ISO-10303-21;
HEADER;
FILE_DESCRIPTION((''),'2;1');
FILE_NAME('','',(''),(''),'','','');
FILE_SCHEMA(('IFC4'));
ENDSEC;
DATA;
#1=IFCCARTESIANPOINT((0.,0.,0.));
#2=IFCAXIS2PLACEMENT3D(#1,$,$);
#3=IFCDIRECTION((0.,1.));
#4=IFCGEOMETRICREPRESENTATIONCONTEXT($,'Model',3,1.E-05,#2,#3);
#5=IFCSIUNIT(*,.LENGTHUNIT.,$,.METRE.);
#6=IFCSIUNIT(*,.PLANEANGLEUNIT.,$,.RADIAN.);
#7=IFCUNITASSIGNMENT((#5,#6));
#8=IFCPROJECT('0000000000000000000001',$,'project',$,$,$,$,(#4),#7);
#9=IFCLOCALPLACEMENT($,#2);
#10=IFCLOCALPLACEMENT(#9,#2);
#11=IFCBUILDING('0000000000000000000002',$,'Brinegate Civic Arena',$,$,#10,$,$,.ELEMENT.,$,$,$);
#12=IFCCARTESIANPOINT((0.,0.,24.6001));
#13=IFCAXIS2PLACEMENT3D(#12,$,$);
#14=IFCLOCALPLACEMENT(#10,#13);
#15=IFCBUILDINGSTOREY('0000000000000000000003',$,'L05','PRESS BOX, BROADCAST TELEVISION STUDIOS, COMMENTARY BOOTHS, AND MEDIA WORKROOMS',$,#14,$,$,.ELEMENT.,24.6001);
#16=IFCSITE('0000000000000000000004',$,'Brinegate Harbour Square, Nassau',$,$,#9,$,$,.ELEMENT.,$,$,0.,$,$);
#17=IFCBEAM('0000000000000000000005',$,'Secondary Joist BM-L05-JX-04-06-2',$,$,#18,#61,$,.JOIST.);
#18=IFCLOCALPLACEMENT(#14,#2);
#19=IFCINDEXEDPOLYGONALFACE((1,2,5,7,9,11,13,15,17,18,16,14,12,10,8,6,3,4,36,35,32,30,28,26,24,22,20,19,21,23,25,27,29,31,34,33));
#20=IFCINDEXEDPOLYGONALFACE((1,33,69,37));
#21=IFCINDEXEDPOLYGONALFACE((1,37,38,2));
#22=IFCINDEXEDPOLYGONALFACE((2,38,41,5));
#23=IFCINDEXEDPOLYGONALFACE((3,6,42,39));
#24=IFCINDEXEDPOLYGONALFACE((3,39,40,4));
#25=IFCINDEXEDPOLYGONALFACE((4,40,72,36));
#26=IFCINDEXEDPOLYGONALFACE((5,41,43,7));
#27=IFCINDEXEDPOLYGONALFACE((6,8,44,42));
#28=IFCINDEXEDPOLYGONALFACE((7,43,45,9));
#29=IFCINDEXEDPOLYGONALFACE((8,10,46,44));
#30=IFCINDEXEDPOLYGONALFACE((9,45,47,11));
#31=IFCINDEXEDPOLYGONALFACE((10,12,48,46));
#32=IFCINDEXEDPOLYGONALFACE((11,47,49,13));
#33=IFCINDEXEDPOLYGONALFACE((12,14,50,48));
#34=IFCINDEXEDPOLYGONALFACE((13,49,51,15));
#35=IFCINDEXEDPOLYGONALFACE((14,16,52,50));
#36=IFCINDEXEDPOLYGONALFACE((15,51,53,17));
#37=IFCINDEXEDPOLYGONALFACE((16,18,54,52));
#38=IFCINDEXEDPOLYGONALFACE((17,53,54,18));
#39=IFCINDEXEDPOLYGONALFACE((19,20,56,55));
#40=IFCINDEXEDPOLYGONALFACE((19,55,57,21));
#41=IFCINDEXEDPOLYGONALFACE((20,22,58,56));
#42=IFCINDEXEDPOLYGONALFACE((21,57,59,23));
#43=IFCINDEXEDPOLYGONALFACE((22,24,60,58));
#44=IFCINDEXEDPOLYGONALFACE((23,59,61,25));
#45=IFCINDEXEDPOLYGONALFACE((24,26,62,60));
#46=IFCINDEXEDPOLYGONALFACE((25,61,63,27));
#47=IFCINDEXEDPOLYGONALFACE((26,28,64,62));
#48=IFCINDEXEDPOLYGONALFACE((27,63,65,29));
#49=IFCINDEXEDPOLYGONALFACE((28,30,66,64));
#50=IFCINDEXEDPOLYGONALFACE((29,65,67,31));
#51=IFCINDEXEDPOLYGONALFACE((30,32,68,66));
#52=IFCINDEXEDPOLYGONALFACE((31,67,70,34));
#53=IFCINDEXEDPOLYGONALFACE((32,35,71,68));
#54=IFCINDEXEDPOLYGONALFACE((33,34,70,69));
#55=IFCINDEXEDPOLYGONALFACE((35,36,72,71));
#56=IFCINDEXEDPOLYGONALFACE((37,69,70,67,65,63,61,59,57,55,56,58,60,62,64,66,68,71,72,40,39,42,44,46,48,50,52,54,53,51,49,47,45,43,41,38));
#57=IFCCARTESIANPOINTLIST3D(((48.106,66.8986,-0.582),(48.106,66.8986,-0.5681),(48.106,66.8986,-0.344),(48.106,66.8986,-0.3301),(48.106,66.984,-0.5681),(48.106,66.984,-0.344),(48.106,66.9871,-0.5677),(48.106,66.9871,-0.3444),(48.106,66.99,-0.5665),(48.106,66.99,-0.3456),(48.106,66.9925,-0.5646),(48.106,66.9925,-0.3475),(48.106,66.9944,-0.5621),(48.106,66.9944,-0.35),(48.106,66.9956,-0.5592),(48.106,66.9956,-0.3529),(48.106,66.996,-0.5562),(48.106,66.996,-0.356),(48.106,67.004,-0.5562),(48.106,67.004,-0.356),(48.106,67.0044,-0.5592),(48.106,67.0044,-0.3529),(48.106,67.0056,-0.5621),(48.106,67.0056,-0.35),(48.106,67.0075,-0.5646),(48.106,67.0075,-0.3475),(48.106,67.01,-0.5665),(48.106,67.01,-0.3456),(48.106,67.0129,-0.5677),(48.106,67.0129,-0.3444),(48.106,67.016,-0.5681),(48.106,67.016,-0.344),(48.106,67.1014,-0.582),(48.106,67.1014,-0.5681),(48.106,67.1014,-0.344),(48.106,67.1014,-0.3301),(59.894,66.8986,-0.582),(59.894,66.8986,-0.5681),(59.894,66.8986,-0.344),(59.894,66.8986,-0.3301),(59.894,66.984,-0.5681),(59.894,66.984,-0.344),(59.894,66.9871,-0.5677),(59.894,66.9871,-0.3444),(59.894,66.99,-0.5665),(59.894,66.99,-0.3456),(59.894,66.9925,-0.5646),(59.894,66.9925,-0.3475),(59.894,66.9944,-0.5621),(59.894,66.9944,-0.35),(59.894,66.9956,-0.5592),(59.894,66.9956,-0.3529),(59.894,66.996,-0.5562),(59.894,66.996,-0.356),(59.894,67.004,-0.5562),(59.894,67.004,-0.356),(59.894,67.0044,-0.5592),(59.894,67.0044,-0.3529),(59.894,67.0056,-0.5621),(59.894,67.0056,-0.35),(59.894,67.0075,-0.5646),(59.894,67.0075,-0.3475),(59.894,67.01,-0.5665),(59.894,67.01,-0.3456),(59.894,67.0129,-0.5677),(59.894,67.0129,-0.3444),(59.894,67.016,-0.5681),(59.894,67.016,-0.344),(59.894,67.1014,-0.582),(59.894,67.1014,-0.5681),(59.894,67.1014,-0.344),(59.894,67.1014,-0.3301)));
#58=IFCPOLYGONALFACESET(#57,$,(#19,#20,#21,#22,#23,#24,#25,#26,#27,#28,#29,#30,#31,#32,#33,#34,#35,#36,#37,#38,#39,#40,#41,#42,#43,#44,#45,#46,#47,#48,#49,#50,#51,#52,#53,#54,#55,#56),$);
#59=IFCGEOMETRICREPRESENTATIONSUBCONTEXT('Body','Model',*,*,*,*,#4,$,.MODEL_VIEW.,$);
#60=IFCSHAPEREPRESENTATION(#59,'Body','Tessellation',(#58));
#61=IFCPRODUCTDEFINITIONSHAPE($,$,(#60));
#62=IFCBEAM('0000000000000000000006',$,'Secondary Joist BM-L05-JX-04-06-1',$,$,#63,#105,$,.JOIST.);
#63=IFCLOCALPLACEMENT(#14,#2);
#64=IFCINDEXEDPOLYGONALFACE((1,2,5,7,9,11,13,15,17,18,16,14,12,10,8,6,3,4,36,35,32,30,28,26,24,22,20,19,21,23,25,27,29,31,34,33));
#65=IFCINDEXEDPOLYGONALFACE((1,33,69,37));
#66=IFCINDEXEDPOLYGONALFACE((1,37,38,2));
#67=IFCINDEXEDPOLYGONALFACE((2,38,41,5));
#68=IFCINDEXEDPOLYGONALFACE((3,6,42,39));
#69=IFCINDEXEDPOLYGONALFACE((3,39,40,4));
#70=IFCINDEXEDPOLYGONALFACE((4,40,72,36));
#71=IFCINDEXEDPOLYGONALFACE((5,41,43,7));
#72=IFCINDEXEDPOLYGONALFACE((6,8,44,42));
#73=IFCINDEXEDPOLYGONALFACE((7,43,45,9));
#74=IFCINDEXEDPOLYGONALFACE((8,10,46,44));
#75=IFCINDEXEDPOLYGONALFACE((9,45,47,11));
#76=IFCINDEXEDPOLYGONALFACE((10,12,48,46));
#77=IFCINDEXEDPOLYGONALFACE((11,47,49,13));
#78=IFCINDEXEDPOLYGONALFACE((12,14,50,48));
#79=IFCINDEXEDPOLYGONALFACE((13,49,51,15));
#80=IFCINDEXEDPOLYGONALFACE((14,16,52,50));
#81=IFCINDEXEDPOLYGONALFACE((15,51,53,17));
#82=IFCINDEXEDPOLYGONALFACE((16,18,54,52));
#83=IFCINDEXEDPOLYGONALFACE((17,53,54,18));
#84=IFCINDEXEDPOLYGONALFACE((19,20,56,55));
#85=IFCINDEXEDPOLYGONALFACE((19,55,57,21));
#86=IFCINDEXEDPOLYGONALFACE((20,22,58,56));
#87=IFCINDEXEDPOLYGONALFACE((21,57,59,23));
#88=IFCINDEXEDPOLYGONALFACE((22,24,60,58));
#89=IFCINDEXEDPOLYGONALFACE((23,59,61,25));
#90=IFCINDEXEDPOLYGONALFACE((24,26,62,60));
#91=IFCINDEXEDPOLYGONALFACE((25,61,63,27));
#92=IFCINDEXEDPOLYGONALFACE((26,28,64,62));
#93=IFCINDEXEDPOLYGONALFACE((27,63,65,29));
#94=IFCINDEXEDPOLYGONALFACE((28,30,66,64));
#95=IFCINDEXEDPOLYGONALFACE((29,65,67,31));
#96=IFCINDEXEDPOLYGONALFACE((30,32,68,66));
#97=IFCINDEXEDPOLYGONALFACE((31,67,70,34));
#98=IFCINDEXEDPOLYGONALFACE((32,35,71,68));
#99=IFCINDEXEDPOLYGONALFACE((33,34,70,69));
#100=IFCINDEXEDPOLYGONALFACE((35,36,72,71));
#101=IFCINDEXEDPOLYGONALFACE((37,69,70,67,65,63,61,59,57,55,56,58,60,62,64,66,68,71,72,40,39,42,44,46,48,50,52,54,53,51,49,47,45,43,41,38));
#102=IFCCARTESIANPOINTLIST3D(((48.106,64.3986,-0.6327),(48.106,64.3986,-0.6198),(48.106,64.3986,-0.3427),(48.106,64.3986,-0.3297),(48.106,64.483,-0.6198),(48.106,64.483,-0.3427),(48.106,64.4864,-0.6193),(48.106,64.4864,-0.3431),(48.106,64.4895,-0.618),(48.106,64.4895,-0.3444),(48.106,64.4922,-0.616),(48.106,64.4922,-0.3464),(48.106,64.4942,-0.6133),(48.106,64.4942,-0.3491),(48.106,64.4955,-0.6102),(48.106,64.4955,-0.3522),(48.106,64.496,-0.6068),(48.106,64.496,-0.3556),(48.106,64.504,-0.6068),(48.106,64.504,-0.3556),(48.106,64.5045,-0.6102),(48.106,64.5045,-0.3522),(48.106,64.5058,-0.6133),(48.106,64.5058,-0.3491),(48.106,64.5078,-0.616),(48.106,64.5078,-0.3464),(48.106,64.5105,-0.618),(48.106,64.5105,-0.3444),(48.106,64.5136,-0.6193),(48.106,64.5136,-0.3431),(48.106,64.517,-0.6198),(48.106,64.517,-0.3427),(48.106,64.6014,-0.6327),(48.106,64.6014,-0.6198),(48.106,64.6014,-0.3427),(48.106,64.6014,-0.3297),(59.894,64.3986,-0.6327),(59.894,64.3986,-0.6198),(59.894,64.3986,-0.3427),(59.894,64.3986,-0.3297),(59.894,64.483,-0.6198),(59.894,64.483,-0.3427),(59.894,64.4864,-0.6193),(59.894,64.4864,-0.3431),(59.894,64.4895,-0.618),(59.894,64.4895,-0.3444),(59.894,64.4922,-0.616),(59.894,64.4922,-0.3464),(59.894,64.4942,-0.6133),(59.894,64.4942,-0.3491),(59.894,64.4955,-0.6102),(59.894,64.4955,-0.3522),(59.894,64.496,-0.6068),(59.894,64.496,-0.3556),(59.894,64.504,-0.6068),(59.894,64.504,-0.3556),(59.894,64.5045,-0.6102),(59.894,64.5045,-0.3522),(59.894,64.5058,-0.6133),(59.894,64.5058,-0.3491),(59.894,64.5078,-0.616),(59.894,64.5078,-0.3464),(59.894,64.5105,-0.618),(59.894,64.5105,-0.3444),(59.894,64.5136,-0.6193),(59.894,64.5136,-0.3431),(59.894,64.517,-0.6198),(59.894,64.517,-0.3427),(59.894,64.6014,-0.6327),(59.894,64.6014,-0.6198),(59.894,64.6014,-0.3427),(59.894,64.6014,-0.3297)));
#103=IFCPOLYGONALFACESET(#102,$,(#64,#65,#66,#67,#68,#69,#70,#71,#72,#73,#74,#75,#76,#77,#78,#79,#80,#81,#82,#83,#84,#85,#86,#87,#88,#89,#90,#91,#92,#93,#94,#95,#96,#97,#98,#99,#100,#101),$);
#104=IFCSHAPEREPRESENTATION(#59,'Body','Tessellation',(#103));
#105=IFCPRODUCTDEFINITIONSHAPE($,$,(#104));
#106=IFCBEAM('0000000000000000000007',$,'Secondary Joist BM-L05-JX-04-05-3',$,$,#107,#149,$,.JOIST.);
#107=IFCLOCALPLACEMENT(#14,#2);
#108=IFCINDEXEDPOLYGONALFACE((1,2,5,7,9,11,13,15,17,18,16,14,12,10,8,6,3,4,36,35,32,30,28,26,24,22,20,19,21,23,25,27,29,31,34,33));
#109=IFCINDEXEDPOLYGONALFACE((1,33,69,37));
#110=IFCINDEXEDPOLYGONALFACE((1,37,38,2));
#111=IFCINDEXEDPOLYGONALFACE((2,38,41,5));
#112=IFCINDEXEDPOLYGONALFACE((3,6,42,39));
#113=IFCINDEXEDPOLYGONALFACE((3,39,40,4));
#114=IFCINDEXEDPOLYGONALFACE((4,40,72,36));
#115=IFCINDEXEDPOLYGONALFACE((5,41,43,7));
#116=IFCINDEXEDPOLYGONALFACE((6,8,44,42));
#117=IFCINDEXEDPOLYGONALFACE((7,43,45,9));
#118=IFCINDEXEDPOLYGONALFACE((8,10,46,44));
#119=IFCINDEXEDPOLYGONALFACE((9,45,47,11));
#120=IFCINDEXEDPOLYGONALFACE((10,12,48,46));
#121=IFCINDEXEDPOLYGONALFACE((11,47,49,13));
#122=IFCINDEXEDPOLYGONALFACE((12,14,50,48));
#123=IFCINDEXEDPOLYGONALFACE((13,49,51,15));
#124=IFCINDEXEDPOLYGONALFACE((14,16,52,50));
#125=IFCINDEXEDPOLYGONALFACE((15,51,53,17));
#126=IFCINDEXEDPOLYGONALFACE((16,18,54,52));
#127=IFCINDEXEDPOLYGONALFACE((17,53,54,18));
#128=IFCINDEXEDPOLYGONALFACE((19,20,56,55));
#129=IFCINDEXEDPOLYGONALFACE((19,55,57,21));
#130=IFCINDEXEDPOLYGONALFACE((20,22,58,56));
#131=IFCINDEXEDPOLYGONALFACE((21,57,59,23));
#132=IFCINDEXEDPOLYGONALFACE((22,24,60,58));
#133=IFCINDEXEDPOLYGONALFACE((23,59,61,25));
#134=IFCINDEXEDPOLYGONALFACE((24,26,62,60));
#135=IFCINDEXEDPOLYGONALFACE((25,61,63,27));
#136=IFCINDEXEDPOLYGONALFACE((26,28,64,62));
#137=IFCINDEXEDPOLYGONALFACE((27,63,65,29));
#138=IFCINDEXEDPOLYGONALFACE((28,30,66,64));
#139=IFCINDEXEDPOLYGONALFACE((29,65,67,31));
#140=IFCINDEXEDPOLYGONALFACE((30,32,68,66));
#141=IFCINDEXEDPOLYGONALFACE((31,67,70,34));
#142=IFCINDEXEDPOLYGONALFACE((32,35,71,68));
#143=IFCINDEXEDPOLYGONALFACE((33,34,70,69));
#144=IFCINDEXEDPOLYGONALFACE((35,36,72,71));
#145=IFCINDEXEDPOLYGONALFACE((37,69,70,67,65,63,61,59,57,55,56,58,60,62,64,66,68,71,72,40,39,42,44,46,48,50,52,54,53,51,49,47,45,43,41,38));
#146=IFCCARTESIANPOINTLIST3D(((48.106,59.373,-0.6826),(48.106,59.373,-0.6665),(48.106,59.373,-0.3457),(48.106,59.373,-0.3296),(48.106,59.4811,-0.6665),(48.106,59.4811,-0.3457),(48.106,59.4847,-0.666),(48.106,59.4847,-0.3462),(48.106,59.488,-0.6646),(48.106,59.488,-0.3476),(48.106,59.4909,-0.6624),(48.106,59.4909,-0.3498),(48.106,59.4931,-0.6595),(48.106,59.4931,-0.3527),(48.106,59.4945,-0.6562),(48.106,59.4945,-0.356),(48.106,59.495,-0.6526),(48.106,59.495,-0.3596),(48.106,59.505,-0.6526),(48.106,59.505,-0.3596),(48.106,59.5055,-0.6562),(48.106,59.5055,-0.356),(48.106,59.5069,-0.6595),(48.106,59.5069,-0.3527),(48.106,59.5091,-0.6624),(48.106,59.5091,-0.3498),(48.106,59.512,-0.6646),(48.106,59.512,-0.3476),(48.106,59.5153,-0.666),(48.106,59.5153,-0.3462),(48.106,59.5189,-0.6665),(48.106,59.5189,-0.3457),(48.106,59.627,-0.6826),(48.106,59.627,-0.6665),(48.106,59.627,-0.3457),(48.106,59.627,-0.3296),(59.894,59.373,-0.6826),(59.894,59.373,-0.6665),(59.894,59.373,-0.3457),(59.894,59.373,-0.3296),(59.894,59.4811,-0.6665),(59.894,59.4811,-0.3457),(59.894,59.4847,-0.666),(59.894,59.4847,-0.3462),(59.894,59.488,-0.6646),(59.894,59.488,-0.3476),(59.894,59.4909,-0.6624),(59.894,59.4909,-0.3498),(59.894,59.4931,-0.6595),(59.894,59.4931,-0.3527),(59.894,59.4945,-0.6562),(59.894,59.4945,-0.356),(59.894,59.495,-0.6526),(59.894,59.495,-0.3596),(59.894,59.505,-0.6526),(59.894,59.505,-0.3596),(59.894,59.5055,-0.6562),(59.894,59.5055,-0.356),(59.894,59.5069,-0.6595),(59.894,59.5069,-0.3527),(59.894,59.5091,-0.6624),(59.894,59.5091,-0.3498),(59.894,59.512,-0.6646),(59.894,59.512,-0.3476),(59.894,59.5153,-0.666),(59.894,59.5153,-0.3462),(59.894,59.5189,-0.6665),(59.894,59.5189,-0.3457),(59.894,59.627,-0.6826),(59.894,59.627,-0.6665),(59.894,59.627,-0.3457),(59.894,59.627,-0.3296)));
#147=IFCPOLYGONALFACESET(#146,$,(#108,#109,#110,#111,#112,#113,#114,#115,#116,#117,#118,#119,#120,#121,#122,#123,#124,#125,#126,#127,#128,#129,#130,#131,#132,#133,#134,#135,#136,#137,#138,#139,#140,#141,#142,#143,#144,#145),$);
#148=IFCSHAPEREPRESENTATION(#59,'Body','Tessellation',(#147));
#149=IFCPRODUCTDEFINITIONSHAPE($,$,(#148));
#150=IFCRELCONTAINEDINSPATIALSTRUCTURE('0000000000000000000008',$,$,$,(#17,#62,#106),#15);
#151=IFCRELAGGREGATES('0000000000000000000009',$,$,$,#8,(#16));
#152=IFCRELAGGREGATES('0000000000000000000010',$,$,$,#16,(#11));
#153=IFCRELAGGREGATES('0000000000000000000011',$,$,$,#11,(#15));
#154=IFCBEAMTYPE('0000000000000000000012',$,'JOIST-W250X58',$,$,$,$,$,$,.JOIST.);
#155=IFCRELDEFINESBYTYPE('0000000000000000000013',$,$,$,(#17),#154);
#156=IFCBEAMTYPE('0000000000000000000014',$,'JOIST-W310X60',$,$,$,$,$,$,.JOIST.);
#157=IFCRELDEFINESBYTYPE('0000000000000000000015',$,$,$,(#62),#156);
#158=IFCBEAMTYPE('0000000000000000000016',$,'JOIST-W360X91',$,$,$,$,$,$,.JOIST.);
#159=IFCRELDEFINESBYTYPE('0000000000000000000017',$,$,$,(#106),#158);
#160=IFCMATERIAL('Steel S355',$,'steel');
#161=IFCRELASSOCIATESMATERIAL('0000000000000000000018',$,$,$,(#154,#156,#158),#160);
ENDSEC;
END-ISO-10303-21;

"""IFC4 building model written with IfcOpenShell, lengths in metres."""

from ifc_helpers import new_model, si_unit, direction, frame, origin, origin_2d, place, context, subcontext, project, spatial, i_section, extrude, material, material_profile, profile_set, type_object, element, save


model = new_model("IFC4")

# Units and contexts
model_context = context("Model", 3, precision=1e-05, world=origin(), true_north=direction((0.0, 1.0)))
body_context = subcontext(model_context, "Body", "Model", "MODEL_VIEW")
ifc_project = project(units=[si_unit("LENGTHUNIT", "METRE"), si_unit("PLANEANGLEUNIT", "RADIAN")], contexts=[model_context])

# Site, building, storey
site_placement = place(None, origin())
site = spatial("IfcSite", under=ifc_project, at=site_placement, Name="Brinegate Harbour Square, Nassau", CompositionType="ELEMENT", RefElevation=0.0)
building_placement = place(site_placement, origin())
building = spatial("IfcBuilding", under=site, at=building_placement, Name="Brinegate Civic Arena", CompositionType="ELEMENT")
storey_placement = place(building_placement, frame((0.0, 0.0, 24.6001)))
storey = spatial("IfcBuildingStorey", under=building, at=storey_placement, Name="L05", Description="PRESS BOX, BROADCAST TELEVISION STUDIOS, COMMENTARY BOOTHS, AND MEDIA WORKROOMS", CompositionType="ELEMENT", Elevation=24.6001)

# Beams
ifc_material_1 = material(Name="Steel S355", Category="steel")
ifc_material_profile_1 = material_profile(ifc_material_1, i_section(OverallWidth=0.2029, OverallDepth=0.252, WebThickness=0.0081, FlangeThickness=0.0139, FilletRadius=0.012, at=origin_2d()), Name="W250X58")
ifc_profile_set_1 = profile_set([ifc_material_profile_1], Name="Steel S355")
beam_type_1 = type_object("IfcBeamType", Name="JOIST-W250X58", PredefinedType="JOIST", material=ifc_profile_set_1)
beam_1_placement = place(storey_placement, frame((48.106, 67.0, -0.4561), z_axis=(1.0, 0.0, 0.0), x_axis=(0.0, 1.0, 0.0)))
element("IfcBeam", 1, at=beam_1_placement, inside=storey, type_object=beam_type_1, Name="Secondary Joist BM-L05-JX-04-06-2", PredefinedType="JOIST", context=body_context, shape_type="SweptSolid", body=[
    extrude(i_section(OverallWidth=0.2029, OverallDepth=0.252, WebThickness=0.0081, FlangeThickness=0.0139, FilletRadius=0.012, at=origin_2d()), origin(), (0.0, 0.0, 1.0), 11.7881),
])
ifc_material_profile_2 = material_profile(ifc_material_1, i_section(OverallWidth=0.2029, OverallDepth=0.303, WebThickness=0.0081, FlangeThickness=0.0129, FilletRadius=0.0129, at=origin_2d()), Name="W310X60")
ifc_profile_set_2 = profile_set([ifc_material_profile_2], Name="Steel S355")
beam_type_2 = type_object("IfcBeamType", Name="JOIST-W310X60", PredefinedType="JOIST", material=ifc_profile_set_2)
beam_2_placement = place(storey_placement, frame((48.106, 64.5, -0.4812), z_axis=(1.0, 0.0, 0.0), x_axis=(0.0, 1.0, 0.0)))
element("IfcBeam", 2, at=beam_2_placement, inside=storey, type_object=beam_type_2, Name="Secondary Joist BM-L05-JX-04-06-1", PredefinedType="JOIST", context=body_context, shape_type="SweptSolid", body=[
    extrude(i_section(OverallWidth=0.2029, OverallDepth=0.303, WebThickness=0.0081, FlangeThickness=0.0129, FilletRadius=0.0129, at=origin_2d()), origin(), (0.0, 0.0, 1.0), 11.7881),
])
ifc_material_profile_3 = material_profile(ifc_material_1, i_section(OverallWidth=0.2539, OverallDepth=0.353, WebThickness=0.01, FlangeThickness=0.0161, FilletRadius=0.0139, at=origin_2d()), Name="W360X91")
ifc_profile_set_3 = profile_set([ifc_material_profile_3], Name="Steel S355")
beam_type_3 = type_object("IfcBeamType", Name="JOIST-W360X91", PredefinedType="JOIST", material=ifc_profile_set_3)
beam_3_placement = place(storey_placement, frame((48.106, 59.5, -0.5061), z_axis=(1.0, 0.0, 0.0), x_axis=(0.0, 1.0, 0.0)))
element("IfcBeam", 3, at=beam_3_placement, inside=storey, type_object=beam_type_3, Name="Secondary Joist BM-L05-JX-04-05-3", PredefinedType="JOIST", context=body_context, shape_type="SweptSolid", body=[
    extrude(i_section(OverallWidth=0.2539, OverallDepth=0.353, WebThickness=0.01, FlangeThickness=0.0161, FilletRadius=0.0139, at=origin_2d()), origin(), (0.0, 0.0, 1.0), 11.7881),
])

save(model, "model.ifc")
